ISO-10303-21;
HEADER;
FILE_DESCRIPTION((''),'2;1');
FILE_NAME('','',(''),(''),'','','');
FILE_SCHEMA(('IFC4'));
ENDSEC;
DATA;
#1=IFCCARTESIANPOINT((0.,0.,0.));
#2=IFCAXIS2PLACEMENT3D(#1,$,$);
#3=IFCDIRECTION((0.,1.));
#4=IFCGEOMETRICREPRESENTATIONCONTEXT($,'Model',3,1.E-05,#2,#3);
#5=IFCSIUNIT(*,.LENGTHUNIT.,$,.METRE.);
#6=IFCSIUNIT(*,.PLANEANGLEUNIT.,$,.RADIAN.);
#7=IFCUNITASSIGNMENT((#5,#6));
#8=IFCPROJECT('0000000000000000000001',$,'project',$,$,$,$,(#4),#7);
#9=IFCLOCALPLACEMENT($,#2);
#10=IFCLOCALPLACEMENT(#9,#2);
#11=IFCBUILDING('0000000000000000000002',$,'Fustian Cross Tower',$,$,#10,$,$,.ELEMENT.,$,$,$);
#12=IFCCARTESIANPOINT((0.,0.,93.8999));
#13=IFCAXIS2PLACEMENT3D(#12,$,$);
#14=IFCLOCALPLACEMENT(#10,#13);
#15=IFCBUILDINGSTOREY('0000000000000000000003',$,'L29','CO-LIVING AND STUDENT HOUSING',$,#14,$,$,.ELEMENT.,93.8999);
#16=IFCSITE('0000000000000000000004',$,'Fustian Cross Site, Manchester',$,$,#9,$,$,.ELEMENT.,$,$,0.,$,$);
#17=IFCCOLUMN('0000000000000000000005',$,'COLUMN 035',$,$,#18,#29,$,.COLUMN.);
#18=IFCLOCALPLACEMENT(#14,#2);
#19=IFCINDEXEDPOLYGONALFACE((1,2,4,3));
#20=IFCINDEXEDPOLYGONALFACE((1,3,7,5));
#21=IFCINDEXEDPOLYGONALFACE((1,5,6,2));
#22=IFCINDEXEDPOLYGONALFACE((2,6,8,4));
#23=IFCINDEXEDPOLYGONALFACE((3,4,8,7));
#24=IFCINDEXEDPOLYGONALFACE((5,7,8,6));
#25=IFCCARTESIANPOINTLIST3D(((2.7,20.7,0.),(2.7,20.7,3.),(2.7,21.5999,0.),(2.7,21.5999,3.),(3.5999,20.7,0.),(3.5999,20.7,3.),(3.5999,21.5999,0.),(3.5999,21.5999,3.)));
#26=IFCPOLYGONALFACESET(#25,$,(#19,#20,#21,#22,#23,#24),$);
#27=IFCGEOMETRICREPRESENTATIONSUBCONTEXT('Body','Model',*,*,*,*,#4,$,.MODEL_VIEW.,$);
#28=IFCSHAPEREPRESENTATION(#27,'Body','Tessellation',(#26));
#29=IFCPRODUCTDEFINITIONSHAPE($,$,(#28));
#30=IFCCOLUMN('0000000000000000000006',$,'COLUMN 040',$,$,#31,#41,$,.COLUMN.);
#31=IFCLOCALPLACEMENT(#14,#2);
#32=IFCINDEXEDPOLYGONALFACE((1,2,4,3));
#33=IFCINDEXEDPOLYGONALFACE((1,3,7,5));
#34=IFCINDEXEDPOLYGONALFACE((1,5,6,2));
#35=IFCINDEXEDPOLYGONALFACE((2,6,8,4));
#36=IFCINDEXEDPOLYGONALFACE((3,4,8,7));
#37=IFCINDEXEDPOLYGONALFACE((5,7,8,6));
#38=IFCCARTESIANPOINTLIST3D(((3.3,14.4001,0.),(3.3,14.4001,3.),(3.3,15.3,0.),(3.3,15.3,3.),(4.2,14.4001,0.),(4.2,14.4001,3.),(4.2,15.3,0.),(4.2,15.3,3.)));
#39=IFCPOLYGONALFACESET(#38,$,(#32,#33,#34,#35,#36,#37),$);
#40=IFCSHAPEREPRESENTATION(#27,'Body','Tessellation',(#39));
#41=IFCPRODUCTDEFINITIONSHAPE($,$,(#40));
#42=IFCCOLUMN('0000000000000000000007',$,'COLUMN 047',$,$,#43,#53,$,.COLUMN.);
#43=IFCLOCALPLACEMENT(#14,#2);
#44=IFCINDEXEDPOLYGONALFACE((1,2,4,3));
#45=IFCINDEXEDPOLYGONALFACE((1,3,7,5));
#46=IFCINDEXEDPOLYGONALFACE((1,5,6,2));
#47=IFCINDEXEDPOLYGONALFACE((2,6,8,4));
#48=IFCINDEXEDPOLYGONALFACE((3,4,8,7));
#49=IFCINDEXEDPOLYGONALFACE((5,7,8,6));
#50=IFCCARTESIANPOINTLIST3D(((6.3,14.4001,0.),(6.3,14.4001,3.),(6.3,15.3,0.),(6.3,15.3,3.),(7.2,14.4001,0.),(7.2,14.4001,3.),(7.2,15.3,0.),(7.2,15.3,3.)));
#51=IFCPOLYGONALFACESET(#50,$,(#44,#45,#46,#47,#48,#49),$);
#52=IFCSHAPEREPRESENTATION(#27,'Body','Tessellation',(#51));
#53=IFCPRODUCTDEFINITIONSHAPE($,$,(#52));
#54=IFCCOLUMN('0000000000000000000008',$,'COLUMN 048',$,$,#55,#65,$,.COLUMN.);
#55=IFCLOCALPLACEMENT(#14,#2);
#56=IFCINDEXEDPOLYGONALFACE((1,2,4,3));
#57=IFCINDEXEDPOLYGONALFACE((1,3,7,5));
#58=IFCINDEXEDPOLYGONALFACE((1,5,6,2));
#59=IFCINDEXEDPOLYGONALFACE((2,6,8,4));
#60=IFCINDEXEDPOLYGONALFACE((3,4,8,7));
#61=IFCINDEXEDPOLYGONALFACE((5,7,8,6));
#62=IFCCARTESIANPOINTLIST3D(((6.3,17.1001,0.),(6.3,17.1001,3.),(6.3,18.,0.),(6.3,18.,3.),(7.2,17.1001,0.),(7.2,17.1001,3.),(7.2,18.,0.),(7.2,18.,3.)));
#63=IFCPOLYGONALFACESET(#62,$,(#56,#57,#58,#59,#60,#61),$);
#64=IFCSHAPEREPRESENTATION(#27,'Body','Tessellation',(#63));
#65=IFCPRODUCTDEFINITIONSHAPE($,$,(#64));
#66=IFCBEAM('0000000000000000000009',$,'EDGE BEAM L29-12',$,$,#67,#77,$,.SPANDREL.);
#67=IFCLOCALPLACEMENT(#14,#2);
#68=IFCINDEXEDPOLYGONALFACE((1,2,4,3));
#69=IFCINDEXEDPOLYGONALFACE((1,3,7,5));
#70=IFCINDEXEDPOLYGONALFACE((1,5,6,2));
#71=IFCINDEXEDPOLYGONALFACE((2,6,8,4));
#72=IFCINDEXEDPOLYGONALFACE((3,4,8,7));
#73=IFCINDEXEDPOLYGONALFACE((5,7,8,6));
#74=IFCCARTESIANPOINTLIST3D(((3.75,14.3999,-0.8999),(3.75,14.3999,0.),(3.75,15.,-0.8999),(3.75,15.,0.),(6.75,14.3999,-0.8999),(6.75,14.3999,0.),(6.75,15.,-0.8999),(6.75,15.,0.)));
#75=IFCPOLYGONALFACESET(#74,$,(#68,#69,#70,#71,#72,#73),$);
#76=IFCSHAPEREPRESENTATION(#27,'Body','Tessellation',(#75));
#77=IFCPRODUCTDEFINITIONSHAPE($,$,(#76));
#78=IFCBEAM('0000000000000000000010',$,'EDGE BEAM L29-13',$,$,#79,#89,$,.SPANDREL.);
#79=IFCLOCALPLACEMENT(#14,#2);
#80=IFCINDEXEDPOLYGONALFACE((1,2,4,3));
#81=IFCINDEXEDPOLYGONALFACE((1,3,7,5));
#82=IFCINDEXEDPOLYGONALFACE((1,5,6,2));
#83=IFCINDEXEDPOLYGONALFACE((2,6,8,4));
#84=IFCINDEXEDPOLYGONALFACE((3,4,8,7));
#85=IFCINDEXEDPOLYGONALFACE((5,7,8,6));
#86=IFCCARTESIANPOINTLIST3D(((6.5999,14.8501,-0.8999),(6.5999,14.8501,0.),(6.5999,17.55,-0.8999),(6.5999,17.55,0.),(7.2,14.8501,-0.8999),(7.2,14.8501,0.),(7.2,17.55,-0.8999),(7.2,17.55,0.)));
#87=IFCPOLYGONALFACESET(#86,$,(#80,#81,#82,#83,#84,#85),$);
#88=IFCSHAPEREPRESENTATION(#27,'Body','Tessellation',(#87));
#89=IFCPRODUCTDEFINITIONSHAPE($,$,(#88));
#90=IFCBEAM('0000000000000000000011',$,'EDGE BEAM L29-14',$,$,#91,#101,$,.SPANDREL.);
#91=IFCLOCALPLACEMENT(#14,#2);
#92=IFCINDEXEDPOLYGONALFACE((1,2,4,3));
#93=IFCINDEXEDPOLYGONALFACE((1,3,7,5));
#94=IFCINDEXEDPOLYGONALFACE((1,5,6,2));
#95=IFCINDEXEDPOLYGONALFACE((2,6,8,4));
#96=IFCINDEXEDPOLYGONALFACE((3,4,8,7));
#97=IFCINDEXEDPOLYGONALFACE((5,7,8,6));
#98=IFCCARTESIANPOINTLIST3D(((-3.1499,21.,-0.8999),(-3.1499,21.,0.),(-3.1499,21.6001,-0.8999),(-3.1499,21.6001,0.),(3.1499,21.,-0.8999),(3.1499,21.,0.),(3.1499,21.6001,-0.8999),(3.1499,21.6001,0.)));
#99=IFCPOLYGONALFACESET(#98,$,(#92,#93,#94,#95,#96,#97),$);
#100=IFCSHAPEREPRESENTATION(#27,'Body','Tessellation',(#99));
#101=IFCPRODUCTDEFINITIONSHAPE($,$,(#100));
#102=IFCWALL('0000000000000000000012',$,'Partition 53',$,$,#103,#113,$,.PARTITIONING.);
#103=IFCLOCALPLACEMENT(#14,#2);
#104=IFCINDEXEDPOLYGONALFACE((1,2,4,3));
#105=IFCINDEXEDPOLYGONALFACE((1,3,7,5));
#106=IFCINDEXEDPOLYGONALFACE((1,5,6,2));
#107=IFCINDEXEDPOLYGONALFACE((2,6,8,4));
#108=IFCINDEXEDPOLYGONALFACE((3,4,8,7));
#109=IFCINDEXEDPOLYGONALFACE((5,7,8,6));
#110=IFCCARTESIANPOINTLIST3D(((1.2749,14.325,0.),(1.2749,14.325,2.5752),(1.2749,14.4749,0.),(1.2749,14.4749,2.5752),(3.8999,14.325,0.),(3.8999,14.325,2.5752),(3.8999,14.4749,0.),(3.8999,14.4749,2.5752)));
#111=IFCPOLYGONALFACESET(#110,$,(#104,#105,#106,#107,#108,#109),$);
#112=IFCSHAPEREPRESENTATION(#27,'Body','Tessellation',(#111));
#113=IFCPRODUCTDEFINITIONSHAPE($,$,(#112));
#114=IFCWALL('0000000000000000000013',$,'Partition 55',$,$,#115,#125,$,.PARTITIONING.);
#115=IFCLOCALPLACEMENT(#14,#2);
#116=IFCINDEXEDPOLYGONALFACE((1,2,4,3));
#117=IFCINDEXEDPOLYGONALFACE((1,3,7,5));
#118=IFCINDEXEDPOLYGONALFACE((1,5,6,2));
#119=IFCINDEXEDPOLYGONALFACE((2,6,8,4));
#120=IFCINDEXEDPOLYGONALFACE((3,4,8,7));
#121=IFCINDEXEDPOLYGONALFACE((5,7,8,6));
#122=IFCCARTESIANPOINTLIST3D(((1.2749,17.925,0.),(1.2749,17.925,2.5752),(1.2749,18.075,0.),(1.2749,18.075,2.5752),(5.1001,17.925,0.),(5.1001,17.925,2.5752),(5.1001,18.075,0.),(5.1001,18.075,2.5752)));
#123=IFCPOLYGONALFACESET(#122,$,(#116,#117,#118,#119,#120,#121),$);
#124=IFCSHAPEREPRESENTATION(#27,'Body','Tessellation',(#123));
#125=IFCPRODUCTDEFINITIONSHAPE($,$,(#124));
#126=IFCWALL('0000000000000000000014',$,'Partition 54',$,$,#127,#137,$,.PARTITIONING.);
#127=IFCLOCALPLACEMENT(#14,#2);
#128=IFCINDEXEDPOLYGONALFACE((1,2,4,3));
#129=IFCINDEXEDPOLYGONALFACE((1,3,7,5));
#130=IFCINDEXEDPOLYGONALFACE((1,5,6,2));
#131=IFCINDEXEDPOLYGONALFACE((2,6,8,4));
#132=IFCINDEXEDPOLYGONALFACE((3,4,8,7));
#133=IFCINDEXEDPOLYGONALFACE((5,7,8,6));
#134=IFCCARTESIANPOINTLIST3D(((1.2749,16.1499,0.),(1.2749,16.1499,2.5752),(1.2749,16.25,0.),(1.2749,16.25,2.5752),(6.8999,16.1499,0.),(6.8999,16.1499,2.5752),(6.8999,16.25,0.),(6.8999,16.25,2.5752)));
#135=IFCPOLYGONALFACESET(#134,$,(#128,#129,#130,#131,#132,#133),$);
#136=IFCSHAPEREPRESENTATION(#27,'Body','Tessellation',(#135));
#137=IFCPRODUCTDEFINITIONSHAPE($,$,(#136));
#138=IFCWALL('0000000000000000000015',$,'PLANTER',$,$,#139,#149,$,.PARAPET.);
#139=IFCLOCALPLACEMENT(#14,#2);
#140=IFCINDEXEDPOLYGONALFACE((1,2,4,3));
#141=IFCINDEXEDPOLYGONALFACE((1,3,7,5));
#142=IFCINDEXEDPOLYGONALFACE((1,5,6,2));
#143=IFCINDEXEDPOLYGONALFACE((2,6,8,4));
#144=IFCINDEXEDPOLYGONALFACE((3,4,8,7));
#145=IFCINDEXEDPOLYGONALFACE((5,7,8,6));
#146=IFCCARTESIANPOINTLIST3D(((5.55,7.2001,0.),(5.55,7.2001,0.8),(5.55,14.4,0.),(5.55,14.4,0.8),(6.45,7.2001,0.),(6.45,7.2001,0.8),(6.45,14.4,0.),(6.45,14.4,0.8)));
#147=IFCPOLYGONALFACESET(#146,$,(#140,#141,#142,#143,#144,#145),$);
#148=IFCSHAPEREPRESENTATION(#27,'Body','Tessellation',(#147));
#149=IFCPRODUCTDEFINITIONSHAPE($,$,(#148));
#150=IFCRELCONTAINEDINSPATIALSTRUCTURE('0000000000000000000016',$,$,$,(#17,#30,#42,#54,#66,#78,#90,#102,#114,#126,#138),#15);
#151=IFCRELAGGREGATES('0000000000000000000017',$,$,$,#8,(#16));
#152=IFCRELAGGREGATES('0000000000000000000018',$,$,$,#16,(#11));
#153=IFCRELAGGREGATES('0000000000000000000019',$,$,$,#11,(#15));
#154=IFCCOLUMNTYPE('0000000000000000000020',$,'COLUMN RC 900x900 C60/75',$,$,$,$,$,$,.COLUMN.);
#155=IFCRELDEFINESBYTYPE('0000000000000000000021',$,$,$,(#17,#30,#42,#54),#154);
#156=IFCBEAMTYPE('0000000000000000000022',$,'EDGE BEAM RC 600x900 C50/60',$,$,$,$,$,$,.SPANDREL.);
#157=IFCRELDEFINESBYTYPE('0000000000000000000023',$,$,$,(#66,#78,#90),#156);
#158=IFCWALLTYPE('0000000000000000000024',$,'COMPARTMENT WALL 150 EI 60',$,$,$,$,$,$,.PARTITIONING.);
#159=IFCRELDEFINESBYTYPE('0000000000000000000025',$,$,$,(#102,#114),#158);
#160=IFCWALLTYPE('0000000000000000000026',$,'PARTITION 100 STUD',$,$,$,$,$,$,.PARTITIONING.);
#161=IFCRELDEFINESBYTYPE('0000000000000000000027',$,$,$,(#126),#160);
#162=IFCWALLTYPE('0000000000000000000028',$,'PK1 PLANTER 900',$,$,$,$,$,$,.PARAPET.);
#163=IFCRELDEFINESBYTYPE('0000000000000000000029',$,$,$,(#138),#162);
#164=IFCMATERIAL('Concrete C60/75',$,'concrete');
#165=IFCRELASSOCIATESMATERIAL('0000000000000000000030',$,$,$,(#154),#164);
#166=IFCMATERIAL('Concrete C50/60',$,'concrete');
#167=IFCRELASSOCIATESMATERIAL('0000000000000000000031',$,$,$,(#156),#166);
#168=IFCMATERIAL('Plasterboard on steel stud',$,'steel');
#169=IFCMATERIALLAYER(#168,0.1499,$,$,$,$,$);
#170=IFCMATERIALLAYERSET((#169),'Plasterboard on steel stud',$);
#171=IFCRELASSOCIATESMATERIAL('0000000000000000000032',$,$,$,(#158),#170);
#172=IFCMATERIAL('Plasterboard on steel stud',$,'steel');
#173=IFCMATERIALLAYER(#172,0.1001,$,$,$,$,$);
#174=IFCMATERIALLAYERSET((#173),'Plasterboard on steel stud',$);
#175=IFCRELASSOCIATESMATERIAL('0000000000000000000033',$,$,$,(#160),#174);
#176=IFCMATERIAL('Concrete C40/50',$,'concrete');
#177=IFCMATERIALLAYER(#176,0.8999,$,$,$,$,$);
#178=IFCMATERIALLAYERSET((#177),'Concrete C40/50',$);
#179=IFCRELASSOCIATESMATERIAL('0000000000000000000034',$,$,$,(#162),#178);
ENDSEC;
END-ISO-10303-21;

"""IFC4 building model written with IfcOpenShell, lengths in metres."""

from ifc_helpers import new_model, si_unit, direction, frame, frame_2d, origin, origin_2d, place, context, subcontext, project, spatial, rectangle, extrude, material, layer, layer_set, material_profile, profile_set, type_object, element, save


model = new_model("IFC4")

# Units and contexts
model_context = context("Model", 3, precision=1e-05, world=origin(), true_north=direction((0.0, 1.0)))
body_context = subcontext(model_context, "Body", "Model", "MODEL_VIEW")
ifc_project = project(units=[si_unit("LENGTHUNIT", "METRE"), si_unit("PLANEANGLEUNIT", "RADIAN")], contexts=[model_context])

# Site, building, storey
site_placement = place(None, origin())
site = spatial("IfcSite", under=ifc_project, at=site_placement, Name="Fustian Cross Site, Manchester", CompositionType="ELEMENT", RefElevation=0.0)
building_placement = place(site_placement, origin())
building = spatial("IfcBuilding", under=site, at=building_placement, Name="Fustian Cross Tower", CompositionType="ELEMENT")
storey_placement = place(building_placement, frame((0.0, 0.0, 93.8999)))
storey = spatial("IfcBuildingStorey", under=building, at=storey_placement, Name="L29", Description="CO-LIVING AND STUDENT HOUSING", CompositionType="ELEMENT", Elevation=93.8999)

# Columns
ifc_material_1 = material(Name="Concrete C60/75", Category="concrete")
ifc_material_profile_1 = material_profile(ifc_material_1, rectangle(XDim=0.8999, YDim=0.8999, at=origin_2d()), Name="RC 900x900")
ifc_profile_set_1 = profile_set([ifc_material_profile_1], Name="Concrete C60/75")
column_type = type_object("IfcColumnType", Name="COLUMN RC 900x900 C60/75", PredefinedType="COLUMN", material=ifc_profile_set_1)
for number, where, z_axis, x_axis, name in (
    (1, (3.1499, 21.1499, 0.0), (0.0, 0.0, 1.0), (1.0, 0.0, 0.0), "COLUMN 035"),
    (2, (3.75, 14.8501, 0.0), (0.0, 0.0, 1.0), (1.0, 0.0, 0.0), "COLUMN 040"),
    (3, (6.75, 14.8501, 0.0), (0.0, 0.0, 1.0), (1.0, 0.0, 0.0), "COLUMN 047"),
    (4, (6.75, 17.55, 0.0), (0.0, 0.0, 1.0), (1.0, 0.0, 0.0), "COLUMN 048"),
):
    element("IfcColumn", number, at=place(storey_placement, frame(where, z_axis=z_axis, x_axis=x_axis)), inside=storey, type_object=column_type, Name=name, PredefinedType="COLUMN", context=body_context, shape_type="SweptSolid", body=[
        extrude(rectangle(XDim=0.8999, YDim=0.8999, at=origin_2d()), origin(), (0.0, 0.0, 1.0), 3.0),
    ])

# Beams
ifc_material_2 = material(Name="Concrete C50/60", Category="concrete")
ifc_material_profile_2 = material_profile(ifc_material_2, rectangle(XDim=0.6001, YDim=0.8999, at=origin_2d()), Name="RC 600x900")
ifc_profile_set_2 = profile_set([ifc_material_profile_2], Name="Concrete C50/60")
beam_type = type_object("IfcBeamType", Name="EDGE BEAM RC 600x900 C50/60", PredefinedType="SPANDREL", material=ifc_profile_set_2)
beam_1_placement = place(storey_placement, frame((3.75, 14.7, -0.45), z_axis=(1.0, 0.0, 0.0), x_axis=(0.0, 1.0, 0.0)))
element("IfcBeam", 5, at=beam_1_placement, inside=storey, type_object=beam_type, Name="EDGE BEAM L29-12", PredefinedType="SPANDREL", context=body_context, shape_type="SweptSolid", body=[
    extrude(rectangle(XDim=0.6001, YDim=0.8999, at=origin_2d()), origin(), (0.0, 0.0, 1.0), 3.0),
])
beam_2_placement = place(storey_placement, frame((6.8999, 14.8501, -0.45), z_axis=(0.0, 1.0, 0.0), x_axis=(-1.0, 0.0, 0.0)))
element("IfcBeam", 6, at=beam_2_placement, inside=storey, type_object=beam_type, Name="EDGE BEAM L29-13", PredefinedType="SPANDREL", context=body_context, shape_type="SweptSolid", body=[
    extrude(rectangle(XDim=0.6001, YDim=0.8999, at=origin_2d()), origin(), (0.0, 0.0, 1.0), 2.7),
])
beam_3_placement = place(storey_placement, frame((3.1499, 21.3, -0.45), z_axis=(-1.0, 0.0, 0.0), x_axis=(0.0, -1.0, 0.0)))
element("IfcBeam", 7, at=beam_3_placement, inside=storey, type_object=beam_type, Name="EDGE BEAM L29-14", PredefinedType="SPANDREL", context=body_context, shape_type="SweptSolid", body=[
    extrude(rectangle(XDim=0.6001, YDim=0.8999, at=origin_2d()), origin(), (0.0, 0.0, 1.0), 6.2998),
])

# Walls
ifc_material_3 = material(Name="Plasterboard on steel stud", Category="steel")
ifc_layer_1 = layer(ifc_material_3, 0.1499)
ifc_layer_set_1 = layer_set([ifc_layer_1], Name="Plasterboard on steel stud")
wall_type_1 = type_object("IfcWallType", Name="COMPARTMENT WALL 150 EI 60", PredefinedType="PARTITIONING", material=ifc_layer_set_1)
wall_1_placement = place(storey_placement, frame((1.2749, 14.3999, 0.0), z_axis=(0.0, 0.0, 1.0), x_axis=(1.0, 0.0, 0.0)))
element("IfcWall", 8, at=wall_1_placement, inside=storey, type_object=wall_type_1, Name="Partition 53", PredefinedType="PARTITIONING", context=body_context, shape_type="SweptSolid", body=[
    extrude(rectangle(XDim=2.625, YDim=0.1499, at=frame_2d((1.3125, 0.0))), origin(), (0.0, 0.0, 1.0), 2.5752),
])
wall_2_placement = place(storey_placement, frame((1.2749, 18.0, 0.0), z_axis=(0.0, 0.0, 1.0), x_axis=(1.0, 0.0, 0.0)))
element("IfcWall", 9, at=wall_2_placement, inside=storey, type_object=wall_type_1, Name="Partition 55", PredefinedType="PARTITIONING", context=body_context, shape_type="SweptSolid", body=[
    extrude(rectangle(XDim=3.8252, YDim=0.1499, at=frame_2d((1.9126, 0.0))), origin(), (0.0, 0.0, 1.0), 2.5752),
])
ifc_material_4 = material(Name="Plasterboard on steel stud", Category="steel")
ifc_layer_2 = layer(ifc_material_4, 0.1001)
ifc_layer_set_2 = layer_set([ifc_layer_2], Name="Plasterboard on steel stud")
wall_type_2 = type_object("IfcWallType", Name="PARTITION 100 STUD", PredefinedType="PARTITIONING", material=ifc_layer_set_2)
wall_3_placement = place(storey_placement, frame((1.2749, 16.2, 0.0), z_axis=(0.0, 0.0, 1.0), x_axis=(1.0, 0.0, 0.0)))
element("IfcWall", 10, at=wall_3_placement, inside=storey, type_object=wall_type_2, Name="Partition 54", PredefinedType="PARTITIONING", context=body_context, shape_type="SweptSolid", body=[
    extrude(rectangle(XDim=5.625, YDim=0.1001, at=frame_2d((2.8125, 0.0))), origin(), (0.0, 0.0, 1.0), 2.5752),
])
ifc_material_5 = material(Name="Concrete C40/50", Category="concrete")
ifc_layer_3 = layer(ifc_material_5, 0.8999)
ifc_layer_set_3 = layer_set([ifc_layer_3], Name="Concrete C40/50")
wall_type_3 = type_object("IfcWallType", Name="PK1 PLANTER 900", PredefinedType="PARAPET", material=ifc_layer_set_3)
wall_4_placement = place(storey_placement, frame((6.0, 7.2, 0.0), z_axis=(0.0, 0.0, 1.0), x_axis=(0.0, 1.0, 0.0)))
element("IfcWall", 11, at=wall_4_placement, inside=storey, type_object=wall_type_3, Name="PLANTER", PredefinedType="PARAPET", context=body_context, shape_type="SweptSolid", body=[
    extrude(rectangle(XDim=7.2, YDim=0.8999, at=frame_2d((3.6001, 0.0))), origin(), (0.0, 0.0, 1.0), 0.8),
])

save(model, "model.ifc")
